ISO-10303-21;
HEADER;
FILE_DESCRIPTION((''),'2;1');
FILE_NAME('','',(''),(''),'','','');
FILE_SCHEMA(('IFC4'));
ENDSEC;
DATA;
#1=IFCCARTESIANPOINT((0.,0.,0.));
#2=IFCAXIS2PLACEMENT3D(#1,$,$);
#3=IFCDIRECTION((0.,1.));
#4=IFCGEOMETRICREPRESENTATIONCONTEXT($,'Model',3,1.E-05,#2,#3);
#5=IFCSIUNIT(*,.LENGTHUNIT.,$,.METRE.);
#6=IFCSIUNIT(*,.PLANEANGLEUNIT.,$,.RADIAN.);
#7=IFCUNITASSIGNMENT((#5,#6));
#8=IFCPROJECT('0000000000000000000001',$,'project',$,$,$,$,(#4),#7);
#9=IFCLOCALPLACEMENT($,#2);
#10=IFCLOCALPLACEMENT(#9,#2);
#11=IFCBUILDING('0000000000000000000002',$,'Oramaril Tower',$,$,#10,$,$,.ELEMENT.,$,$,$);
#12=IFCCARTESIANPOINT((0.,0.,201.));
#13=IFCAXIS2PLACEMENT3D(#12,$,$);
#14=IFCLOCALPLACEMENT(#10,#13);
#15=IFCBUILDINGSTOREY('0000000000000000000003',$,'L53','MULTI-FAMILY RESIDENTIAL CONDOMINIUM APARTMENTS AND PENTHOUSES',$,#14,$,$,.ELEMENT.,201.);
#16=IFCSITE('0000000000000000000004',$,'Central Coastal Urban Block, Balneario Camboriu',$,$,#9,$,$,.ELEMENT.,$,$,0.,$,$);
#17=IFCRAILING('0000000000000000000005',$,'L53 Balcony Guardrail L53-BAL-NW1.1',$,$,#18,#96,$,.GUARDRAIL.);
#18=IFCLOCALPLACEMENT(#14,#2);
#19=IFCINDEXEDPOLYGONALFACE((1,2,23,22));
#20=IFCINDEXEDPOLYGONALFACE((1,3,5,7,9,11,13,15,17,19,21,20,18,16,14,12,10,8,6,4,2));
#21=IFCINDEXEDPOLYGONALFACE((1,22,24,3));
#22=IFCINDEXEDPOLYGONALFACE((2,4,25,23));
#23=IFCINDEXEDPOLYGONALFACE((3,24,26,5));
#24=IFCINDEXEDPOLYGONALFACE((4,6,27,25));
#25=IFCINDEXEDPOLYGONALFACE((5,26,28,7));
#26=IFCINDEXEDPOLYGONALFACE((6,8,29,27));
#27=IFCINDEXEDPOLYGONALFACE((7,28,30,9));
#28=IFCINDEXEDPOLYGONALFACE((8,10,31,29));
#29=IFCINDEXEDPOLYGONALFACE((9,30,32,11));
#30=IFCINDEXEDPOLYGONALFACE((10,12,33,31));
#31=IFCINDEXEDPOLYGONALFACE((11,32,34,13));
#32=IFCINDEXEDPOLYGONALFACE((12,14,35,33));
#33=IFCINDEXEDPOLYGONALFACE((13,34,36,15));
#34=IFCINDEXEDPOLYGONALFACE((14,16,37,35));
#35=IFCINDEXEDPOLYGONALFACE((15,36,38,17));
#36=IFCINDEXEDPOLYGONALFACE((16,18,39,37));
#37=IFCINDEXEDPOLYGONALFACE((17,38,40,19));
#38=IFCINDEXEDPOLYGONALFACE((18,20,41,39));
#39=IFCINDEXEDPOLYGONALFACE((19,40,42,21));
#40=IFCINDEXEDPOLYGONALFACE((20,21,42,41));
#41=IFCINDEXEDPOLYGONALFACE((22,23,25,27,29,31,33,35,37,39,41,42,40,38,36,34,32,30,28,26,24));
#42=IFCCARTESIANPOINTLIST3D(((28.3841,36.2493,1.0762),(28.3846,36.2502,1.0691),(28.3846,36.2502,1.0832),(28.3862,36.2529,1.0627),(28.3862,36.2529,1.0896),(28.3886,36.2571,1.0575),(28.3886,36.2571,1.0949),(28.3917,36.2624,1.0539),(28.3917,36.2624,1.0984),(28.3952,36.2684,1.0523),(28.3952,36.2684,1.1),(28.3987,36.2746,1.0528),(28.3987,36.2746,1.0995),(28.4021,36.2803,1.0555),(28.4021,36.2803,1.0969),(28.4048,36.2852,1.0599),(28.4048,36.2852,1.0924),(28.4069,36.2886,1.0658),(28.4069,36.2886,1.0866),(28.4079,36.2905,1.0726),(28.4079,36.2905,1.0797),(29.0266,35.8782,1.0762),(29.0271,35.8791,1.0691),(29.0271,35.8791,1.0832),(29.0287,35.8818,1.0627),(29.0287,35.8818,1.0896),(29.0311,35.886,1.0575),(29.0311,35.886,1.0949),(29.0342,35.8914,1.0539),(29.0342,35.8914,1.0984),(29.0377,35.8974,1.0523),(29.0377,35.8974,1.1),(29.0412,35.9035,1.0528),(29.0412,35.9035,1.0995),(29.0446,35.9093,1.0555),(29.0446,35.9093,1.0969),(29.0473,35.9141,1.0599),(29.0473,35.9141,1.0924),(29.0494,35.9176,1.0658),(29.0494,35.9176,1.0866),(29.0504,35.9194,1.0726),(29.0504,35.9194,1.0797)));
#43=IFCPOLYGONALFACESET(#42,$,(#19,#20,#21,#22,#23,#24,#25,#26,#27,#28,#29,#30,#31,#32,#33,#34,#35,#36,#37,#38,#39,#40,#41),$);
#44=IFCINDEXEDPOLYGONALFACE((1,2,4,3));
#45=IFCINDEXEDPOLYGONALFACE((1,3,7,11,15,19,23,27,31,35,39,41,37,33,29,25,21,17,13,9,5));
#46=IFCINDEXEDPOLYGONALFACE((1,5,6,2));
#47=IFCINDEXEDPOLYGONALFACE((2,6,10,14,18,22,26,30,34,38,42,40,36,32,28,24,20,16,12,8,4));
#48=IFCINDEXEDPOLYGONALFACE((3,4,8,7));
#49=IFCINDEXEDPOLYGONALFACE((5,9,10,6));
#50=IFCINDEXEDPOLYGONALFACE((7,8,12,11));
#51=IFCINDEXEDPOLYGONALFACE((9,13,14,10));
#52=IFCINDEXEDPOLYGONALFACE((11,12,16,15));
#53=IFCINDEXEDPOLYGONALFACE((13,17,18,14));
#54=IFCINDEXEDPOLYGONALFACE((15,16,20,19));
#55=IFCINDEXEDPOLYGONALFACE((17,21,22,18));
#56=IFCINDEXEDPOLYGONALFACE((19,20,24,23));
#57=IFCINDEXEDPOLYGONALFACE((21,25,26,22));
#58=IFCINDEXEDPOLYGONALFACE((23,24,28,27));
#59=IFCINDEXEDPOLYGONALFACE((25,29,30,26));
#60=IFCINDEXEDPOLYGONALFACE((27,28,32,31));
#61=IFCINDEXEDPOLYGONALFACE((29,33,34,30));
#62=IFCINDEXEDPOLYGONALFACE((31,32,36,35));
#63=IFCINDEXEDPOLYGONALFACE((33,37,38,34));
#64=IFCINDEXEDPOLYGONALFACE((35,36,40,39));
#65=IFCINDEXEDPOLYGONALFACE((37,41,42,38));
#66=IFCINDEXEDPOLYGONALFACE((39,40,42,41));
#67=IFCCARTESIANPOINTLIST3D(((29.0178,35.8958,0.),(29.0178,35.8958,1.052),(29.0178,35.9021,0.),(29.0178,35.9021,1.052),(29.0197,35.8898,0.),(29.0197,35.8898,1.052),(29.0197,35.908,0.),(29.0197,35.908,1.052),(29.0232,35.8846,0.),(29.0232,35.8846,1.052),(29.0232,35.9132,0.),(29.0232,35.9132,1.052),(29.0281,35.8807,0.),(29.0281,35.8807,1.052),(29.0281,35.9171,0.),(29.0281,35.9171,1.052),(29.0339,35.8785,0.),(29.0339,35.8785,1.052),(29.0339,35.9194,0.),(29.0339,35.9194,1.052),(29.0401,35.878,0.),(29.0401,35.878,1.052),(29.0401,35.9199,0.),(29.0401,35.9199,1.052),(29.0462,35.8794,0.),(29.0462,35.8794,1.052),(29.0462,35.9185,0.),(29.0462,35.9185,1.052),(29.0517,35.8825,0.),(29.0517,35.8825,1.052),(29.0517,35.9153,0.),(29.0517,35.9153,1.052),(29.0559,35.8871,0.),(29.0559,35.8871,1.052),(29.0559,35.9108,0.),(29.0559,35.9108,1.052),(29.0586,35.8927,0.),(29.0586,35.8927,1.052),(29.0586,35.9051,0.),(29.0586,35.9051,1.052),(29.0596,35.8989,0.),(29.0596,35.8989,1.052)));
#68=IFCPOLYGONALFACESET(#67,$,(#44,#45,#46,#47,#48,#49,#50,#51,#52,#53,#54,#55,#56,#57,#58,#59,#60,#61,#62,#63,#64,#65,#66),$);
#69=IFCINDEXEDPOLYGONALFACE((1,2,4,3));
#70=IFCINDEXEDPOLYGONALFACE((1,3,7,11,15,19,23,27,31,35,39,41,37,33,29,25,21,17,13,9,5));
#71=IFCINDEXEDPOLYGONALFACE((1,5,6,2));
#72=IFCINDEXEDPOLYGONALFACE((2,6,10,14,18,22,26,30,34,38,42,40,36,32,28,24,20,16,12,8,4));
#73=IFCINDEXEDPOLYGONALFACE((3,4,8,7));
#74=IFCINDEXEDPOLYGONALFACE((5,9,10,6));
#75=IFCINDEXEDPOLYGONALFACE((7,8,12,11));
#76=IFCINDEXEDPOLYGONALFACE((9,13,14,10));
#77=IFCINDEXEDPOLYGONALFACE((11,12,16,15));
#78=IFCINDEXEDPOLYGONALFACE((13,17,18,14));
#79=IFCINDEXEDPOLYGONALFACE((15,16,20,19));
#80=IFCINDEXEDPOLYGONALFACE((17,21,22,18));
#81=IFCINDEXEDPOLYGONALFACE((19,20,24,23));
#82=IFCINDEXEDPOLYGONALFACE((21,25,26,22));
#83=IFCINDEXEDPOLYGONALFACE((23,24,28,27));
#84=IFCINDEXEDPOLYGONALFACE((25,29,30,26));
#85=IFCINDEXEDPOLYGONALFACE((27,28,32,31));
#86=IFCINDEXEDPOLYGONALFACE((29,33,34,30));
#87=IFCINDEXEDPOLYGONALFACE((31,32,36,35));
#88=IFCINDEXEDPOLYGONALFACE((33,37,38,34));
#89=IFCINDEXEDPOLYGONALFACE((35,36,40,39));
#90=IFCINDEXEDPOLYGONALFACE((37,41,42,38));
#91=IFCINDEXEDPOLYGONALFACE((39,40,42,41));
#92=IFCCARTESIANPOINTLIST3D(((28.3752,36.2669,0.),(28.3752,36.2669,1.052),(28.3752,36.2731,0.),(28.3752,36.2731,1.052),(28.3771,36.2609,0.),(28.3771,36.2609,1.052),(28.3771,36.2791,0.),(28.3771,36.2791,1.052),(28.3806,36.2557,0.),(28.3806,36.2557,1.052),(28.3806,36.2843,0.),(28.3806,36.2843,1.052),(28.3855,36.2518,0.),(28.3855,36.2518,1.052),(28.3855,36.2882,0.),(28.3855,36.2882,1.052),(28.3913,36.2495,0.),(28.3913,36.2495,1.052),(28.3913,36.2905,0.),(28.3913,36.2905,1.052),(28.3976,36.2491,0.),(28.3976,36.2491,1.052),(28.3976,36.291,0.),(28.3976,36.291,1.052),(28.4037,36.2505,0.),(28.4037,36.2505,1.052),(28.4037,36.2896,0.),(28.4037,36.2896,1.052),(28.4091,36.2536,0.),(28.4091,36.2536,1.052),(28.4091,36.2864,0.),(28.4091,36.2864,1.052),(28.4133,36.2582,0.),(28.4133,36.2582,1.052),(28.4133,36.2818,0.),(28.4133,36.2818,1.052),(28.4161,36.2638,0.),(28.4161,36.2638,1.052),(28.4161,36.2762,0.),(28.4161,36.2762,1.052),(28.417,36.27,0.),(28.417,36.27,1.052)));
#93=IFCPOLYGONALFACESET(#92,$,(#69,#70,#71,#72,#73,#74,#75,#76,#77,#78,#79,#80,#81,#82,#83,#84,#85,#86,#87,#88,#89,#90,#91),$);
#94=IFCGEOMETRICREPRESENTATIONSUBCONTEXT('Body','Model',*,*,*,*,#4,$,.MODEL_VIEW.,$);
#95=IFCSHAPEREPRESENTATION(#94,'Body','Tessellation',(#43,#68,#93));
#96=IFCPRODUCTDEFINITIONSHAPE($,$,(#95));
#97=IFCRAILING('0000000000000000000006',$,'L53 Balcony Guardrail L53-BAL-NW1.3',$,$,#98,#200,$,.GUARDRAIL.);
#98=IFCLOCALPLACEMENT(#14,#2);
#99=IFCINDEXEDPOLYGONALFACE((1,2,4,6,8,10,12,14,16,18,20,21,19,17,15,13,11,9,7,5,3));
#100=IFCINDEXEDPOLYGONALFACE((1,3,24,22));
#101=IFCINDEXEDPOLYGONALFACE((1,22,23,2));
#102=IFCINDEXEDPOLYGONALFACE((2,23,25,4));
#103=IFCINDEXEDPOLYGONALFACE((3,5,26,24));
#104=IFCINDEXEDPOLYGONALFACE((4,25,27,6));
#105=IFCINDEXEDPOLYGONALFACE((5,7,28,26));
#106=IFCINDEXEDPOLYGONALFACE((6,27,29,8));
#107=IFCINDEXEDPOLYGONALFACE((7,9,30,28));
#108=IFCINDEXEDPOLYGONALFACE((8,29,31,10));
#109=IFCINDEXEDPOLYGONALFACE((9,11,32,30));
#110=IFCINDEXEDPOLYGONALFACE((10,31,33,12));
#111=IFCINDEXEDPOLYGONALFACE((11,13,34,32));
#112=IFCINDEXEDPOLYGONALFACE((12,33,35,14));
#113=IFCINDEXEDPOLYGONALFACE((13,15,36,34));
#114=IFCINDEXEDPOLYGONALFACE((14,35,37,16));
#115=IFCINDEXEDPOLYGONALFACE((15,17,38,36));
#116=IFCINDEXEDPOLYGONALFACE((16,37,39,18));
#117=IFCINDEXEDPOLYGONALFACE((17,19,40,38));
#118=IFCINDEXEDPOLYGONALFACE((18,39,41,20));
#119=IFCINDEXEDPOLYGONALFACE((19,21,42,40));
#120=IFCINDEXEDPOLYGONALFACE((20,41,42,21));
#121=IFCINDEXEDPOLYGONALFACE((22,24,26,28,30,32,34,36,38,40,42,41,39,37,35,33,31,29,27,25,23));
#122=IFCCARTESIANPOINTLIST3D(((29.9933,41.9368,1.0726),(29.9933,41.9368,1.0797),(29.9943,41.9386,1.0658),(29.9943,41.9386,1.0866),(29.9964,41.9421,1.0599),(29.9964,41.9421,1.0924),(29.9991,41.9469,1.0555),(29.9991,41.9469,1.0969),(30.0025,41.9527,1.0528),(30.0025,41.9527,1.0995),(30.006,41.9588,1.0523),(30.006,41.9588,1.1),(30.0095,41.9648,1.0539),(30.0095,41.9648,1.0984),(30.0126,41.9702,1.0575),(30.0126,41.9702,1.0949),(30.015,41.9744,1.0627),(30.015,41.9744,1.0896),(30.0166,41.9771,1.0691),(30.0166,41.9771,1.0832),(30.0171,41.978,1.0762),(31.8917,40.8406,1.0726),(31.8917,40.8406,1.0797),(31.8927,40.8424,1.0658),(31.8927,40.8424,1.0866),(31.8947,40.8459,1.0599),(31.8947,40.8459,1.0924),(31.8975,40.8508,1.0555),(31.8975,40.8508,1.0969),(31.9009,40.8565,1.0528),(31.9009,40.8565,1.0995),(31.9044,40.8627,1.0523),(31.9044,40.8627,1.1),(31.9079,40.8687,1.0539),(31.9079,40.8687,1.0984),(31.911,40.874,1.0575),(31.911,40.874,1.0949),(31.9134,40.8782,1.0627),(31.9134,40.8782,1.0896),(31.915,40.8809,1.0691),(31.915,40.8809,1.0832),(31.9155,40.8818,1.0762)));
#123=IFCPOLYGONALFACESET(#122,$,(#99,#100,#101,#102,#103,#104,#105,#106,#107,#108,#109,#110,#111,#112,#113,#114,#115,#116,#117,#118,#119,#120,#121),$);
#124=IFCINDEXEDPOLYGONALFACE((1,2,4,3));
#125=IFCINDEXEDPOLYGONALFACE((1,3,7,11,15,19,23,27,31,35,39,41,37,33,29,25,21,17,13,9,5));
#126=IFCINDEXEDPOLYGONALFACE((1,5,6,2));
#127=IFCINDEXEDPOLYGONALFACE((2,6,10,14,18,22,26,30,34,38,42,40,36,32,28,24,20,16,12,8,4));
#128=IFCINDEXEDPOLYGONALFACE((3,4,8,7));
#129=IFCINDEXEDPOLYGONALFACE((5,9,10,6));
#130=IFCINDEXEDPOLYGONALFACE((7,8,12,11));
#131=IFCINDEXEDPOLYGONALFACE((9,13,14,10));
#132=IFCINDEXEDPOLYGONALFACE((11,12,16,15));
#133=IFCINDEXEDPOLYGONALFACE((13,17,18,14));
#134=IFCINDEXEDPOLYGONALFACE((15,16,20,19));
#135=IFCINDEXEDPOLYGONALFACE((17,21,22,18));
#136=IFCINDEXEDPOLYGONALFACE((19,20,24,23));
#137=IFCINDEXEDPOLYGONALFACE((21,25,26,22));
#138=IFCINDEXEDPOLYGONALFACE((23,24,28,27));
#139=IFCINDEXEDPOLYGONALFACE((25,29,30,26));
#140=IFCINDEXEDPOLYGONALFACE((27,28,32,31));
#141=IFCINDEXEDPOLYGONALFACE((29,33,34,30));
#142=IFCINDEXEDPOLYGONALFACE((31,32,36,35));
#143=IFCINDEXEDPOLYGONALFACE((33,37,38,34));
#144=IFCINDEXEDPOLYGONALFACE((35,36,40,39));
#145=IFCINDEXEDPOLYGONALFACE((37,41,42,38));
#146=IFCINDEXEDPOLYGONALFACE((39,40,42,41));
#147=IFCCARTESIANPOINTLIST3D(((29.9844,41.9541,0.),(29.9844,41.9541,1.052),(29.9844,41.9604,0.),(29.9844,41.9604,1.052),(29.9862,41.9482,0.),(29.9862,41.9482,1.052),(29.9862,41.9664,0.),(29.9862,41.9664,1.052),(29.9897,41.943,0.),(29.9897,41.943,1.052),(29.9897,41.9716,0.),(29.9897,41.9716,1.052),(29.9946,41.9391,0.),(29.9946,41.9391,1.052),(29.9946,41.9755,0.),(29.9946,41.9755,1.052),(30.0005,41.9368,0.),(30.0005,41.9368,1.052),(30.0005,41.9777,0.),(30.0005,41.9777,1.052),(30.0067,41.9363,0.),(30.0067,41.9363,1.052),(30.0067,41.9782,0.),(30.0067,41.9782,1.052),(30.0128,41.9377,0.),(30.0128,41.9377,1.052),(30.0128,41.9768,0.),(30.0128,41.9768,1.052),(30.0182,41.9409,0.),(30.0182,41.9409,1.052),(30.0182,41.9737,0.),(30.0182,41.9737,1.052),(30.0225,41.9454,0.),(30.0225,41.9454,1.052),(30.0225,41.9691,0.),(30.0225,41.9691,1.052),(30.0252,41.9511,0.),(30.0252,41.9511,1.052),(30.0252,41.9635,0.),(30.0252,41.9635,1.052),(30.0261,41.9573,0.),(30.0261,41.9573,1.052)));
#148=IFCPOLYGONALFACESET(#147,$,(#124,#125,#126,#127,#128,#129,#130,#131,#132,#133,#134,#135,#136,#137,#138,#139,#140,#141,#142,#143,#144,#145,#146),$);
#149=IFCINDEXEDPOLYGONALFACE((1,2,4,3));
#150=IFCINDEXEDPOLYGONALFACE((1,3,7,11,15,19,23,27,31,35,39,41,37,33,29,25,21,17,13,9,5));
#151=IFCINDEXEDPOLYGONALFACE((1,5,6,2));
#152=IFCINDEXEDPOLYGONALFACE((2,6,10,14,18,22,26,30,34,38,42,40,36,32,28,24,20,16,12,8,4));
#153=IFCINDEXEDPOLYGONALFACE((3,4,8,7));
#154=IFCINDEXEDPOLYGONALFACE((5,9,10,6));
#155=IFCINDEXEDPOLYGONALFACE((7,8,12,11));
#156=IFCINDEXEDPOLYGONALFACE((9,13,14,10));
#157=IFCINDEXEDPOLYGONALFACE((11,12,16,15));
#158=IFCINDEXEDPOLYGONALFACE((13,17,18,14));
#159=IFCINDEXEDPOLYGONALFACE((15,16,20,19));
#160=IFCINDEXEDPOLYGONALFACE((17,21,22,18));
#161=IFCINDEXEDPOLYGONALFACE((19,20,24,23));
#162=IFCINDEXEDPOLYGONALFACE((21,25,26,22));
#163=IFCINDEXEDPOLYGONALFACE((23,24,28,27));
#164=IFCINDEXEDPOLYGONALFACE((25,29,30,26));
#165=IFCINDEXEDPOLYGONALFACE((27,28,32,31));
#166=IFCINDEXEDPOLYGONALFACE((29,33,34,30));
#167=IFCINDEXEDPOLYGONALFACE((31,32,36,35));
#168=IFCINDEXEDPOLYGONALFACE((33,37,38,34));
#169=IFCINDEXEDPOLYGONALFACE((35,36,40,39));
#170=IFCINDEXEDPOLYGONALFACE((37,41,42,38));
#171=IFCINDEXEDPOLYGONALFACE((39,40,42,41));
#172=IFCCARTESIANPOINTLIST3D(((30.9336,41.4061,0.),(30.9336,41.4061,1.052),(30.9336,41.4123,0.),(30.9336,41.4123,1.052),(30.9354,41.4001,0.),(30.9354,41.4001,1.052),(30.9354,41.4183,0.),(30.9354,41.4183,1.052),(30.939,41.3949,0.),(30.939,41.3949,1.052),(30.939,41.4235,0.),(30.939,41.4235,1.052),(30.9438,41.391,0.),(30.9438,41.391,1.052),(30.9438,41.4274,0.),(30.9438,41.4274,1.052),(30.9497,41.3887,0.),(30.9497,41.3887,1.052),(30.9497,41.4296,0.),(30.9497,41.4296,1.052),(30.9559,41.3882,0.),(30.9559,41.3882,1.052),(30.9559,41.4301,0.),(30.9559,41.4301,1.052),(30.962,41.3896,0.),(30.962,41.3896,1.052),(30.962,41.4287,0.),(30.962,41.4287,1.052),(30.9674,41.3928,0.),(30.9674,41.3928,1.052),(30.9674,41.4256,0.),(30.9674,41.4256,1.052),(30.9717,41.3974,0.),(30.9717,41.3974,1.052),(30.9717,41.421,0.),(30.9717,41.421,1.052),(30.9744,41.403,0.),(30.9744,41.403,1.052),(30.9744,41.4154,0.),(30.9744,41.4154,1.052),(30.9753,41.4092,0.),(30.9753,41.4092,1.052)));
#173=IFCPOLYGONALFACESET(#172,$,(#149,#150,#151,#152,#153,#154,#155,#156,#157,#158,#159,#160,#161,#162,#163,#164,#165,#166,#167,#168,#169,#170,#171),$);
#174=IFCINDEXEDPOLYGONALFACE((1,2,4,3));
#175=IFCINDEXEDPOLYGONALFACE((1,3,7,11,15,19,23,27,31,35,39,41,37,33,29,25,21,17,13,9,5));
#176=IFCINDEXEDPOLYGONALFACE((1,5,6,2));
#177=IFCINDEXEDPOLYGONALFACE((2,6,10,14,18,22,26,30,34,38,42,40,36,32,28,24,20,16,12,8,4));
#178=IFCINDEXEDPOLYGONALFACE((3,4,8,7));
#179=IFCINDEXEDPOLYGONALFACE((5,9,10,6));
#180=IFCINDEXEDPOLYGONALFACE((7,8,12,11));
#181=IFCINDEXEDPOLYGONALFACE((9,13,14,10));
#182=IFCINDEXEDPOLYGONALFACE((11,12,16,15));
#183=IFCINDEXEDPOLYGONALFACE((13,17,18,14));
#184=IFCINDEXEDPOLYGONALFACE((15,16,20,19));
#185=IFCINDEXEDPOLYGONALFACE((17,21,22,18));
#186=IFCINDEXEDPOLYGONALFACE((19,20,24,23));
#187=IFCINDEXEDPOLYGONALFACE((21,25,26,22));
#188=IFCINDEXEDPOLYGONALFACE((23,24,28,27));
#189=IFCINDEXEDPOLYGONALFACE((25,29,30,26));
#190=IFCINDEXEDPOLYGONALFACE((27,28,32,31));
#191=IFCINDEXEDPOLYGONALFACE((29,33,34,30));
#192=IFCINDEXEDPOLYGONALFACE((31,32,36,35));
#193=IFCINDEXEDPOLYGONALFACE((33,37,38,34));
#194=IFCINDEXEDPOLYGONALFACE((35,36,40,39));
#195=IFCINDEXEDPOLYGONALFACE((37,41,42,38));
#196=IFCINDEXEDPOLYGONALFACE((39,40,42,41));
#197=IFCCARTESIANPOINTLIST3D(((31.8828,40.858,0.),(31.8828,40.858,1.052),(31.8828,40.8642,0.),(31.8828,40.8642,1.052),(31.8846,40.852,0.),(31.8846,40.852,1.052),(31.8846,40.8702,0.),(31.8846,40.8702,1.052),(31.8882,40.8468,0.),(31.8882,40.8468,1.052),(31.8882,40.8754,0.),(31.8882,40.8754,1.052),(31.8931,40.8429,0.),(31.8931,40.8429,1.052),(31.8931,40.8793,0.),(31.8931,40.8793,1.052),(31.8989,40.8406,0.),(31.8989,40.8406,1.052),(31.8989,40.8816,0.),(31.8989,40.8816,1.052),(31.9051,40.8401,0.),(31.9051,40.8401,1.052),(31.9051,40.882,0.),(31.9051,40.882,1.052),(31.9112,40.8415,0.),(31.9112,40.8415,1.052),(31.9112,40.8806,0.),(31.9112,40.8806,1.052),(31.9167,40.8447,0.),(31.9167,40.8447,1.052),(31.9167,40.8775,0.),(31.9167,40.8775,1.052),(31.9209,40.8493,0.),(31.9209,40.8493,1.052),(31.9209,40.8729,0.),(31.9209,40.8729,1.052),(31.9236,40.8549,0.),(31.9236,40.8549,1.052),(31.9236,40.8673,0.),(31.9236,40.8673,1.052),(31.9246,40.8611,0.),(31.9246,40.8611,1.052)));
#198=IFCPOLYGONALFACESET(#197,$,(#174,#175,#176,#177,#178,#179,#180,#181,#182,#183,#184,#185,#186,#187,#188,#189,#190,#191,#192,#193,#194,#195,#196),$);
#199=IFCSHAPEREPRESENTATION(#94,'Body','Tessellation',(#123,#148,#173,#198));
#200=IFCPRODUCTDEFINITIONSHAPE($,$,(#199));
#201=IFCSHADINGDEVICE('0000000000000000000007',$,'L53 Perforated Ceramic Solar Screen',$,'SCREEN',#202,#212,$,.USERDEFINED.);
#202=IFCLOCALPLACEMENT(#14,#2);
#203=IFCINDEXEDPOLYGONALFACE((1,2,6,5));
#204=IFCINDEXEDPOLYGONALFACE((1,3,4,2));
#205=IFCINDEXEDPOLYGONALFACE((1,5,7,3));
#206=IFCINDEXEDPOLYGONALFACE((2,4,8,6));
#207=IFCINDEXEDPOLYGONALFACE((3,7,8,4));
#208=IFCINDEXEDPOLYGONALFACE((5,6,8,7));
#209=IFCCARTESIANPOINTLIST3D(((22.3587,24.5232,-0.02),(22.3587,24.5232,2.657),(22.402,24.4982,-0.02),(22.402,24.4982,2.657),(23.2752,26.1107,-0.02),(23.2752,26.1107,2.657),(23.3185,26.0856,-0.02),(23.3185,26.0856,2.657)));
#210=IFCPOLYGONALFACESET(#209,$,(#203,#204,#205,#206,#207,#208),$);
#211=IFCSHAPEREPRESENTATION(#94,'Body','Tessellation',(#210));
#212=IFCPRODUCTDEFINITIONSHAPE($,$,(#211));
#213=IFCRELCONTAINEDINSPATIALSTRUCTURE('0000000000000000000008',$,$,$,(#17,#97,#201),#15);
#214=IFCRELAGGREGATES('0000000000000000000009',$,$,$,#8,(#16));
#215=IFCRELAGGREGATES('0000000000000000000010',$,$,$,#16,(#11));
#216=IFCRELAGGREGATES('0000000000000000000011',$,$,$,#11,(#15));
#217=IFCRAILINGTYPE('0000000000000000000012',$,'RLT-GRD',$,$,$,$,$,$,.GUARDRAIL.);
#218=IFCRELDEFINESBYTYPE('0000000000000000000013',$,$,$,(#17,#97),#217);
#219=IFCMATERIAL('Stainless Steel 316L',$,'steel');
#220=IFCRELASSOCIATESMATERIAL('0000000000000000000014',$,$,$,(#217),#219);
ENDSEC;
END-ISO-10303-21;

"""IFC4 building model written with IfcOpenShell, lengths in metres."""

from ifc_helpers import new_model, si_unit, direction, frame, origin, origin_2d, place, context, subcontext, project, spatial, rectangle, circle, extrude, material, type_object, element, save


model = new_model("IFC4")

# Units and contexts
model_context = context("Model", 3, precision=1e-05, world=origin(), true_north=direction((0.0, 1.0)))
body_context = subcontext(model_context, "Body", "Model", "MODEL_VIEW")
ifc_project = project(units=[si_unit("LENGTHUNIT", "METRE"), si_unit("PLANEANGLEUNIT", "RADIAN")], contexts=[model_context])

# Site, building, storey
site_placement = place(None, origin())
site = spatial("IfcSite", under=ifc_project, at=site_placement, Name="Central Coastal Urban Block, Balneario Camboriu", CompositionType="ELEMENT", RefElevation=0.0)
building_placement = place(site_placement, origin())
building = spatial("IfcBuilding", under=site, at=building_placement, Name="Oramaril Tower", CompositionType="ELEMENT")
storey_placement = place(building_placement, frame((0.0, 0.0, 201.0)))
storey = spatial("IfcBuildingStorey", under=building, at=storey_placement, Name="L53", Description="MULTI-FAMILY RESIDENTIAL CONDOMINIUM APARTMENTS AND PENTHOUSES", CompositionType="ELEMENT", Elevation=201.0)

# Railings
ifc_material_1 = material(Name="Stainless Steel 316L", Category="steel")
railing_type = type_object("IfcRailingType", Name="RLT-GRD", PredefinedType="GUARDRAIL", material=ifc_material_1)
railing_1_placement = place(storey_placement, frame((29.0386, 35.8989, 0.0)))
element("IfcRailing", 1, at=railing_1_placement, inside=storey, type_object=railing_type, Name="L53 Balcony Guardrail L53-BAL-NW1.1", PredefinedType="GUARDRAIL", context=body_context, shape_type="SweptSolid", body=[
    extrude(circle(Radius=0.0239, at=origin_2d()), frame((0.0, 0.0, 1.0762), z_axis=(-0.865966, 0.500102, 0.0), x_axis=(-0.500102, -0.865966, 0.0)), (0.0, 0.0, 1.0), 0.7419),
    extrude(circle(Radius=0.021, at=origin_2d()), origin(), (0.0, 0.0, 1.0), 1.052),
    extrude(circle(Radius=0.021, at=origin_2d()), frame((-0.6426, 0.3711, 0.0)), (0.0, 0.0, 1.0), 1.052),
])
railing_2_placement = place(storey_placement, frame((30.0051, 41.9573, 0.0)))
element("IfcRailing", 2, at=railing_2_placement, inside=storey, type_object=railing_type, Name="L53 Balcony Guardrail L53-BAL-NW1.3", PredefinedType="GUARDRAIL", context=body_context, shape_type="SweptSolid", body=[
    extrude(circle(Radius=0.0239, at=origin_2d()), frame((0.0, 0.0, 1.0762), z_axis=(0.866, -0.500044, 0.0), x_axis=(0.500044, 0.866, 0.0)), (0.0, 0.0, 1.0), 2.1921),
    extrude(circle(Radius=0.021, at=origin_2d()), origin(), (0.0, 0.0, 1.0), 1.052),
    extrude(circle(Radius=0.021, at=origin_2d()), frame((0.9492, -0.5481, 0.0)), (0.0, 0.0, 1.0), 1.052),
    extrude(circle(Radius=0.021, at=origin_2d()), frame((1.8984, -1.0962, 0.0)), (0.0, 0.0, 1.0), 1.052),
])

# Shading device
for number, where, z_axis, x_axis, name in (
    (3, (22.8386, 25.3044, -0.02), (0.0, 0.0, 1.0), (-0.5, -0.866025, 0.0), "L53 Perforated Ceramic Solar Screen"),
):
    element("IfcShadingDevice", number, at=place(storey_placement, frame(where, z_axis=z_axis, x_axis=x_axis)), inside=storey, Name=name, ObjectType="SCREEN", PredefinedType="USERDEFINED", context=body_context, shape_type="SweptSolid", body=[
        extrude(rectangle(XDim=1.833, YDim=0.05, at=origin_2d()), origin(), (0.0, 0.0, 1.0), 2.677),
    ])

save(model, "model.ifc")
